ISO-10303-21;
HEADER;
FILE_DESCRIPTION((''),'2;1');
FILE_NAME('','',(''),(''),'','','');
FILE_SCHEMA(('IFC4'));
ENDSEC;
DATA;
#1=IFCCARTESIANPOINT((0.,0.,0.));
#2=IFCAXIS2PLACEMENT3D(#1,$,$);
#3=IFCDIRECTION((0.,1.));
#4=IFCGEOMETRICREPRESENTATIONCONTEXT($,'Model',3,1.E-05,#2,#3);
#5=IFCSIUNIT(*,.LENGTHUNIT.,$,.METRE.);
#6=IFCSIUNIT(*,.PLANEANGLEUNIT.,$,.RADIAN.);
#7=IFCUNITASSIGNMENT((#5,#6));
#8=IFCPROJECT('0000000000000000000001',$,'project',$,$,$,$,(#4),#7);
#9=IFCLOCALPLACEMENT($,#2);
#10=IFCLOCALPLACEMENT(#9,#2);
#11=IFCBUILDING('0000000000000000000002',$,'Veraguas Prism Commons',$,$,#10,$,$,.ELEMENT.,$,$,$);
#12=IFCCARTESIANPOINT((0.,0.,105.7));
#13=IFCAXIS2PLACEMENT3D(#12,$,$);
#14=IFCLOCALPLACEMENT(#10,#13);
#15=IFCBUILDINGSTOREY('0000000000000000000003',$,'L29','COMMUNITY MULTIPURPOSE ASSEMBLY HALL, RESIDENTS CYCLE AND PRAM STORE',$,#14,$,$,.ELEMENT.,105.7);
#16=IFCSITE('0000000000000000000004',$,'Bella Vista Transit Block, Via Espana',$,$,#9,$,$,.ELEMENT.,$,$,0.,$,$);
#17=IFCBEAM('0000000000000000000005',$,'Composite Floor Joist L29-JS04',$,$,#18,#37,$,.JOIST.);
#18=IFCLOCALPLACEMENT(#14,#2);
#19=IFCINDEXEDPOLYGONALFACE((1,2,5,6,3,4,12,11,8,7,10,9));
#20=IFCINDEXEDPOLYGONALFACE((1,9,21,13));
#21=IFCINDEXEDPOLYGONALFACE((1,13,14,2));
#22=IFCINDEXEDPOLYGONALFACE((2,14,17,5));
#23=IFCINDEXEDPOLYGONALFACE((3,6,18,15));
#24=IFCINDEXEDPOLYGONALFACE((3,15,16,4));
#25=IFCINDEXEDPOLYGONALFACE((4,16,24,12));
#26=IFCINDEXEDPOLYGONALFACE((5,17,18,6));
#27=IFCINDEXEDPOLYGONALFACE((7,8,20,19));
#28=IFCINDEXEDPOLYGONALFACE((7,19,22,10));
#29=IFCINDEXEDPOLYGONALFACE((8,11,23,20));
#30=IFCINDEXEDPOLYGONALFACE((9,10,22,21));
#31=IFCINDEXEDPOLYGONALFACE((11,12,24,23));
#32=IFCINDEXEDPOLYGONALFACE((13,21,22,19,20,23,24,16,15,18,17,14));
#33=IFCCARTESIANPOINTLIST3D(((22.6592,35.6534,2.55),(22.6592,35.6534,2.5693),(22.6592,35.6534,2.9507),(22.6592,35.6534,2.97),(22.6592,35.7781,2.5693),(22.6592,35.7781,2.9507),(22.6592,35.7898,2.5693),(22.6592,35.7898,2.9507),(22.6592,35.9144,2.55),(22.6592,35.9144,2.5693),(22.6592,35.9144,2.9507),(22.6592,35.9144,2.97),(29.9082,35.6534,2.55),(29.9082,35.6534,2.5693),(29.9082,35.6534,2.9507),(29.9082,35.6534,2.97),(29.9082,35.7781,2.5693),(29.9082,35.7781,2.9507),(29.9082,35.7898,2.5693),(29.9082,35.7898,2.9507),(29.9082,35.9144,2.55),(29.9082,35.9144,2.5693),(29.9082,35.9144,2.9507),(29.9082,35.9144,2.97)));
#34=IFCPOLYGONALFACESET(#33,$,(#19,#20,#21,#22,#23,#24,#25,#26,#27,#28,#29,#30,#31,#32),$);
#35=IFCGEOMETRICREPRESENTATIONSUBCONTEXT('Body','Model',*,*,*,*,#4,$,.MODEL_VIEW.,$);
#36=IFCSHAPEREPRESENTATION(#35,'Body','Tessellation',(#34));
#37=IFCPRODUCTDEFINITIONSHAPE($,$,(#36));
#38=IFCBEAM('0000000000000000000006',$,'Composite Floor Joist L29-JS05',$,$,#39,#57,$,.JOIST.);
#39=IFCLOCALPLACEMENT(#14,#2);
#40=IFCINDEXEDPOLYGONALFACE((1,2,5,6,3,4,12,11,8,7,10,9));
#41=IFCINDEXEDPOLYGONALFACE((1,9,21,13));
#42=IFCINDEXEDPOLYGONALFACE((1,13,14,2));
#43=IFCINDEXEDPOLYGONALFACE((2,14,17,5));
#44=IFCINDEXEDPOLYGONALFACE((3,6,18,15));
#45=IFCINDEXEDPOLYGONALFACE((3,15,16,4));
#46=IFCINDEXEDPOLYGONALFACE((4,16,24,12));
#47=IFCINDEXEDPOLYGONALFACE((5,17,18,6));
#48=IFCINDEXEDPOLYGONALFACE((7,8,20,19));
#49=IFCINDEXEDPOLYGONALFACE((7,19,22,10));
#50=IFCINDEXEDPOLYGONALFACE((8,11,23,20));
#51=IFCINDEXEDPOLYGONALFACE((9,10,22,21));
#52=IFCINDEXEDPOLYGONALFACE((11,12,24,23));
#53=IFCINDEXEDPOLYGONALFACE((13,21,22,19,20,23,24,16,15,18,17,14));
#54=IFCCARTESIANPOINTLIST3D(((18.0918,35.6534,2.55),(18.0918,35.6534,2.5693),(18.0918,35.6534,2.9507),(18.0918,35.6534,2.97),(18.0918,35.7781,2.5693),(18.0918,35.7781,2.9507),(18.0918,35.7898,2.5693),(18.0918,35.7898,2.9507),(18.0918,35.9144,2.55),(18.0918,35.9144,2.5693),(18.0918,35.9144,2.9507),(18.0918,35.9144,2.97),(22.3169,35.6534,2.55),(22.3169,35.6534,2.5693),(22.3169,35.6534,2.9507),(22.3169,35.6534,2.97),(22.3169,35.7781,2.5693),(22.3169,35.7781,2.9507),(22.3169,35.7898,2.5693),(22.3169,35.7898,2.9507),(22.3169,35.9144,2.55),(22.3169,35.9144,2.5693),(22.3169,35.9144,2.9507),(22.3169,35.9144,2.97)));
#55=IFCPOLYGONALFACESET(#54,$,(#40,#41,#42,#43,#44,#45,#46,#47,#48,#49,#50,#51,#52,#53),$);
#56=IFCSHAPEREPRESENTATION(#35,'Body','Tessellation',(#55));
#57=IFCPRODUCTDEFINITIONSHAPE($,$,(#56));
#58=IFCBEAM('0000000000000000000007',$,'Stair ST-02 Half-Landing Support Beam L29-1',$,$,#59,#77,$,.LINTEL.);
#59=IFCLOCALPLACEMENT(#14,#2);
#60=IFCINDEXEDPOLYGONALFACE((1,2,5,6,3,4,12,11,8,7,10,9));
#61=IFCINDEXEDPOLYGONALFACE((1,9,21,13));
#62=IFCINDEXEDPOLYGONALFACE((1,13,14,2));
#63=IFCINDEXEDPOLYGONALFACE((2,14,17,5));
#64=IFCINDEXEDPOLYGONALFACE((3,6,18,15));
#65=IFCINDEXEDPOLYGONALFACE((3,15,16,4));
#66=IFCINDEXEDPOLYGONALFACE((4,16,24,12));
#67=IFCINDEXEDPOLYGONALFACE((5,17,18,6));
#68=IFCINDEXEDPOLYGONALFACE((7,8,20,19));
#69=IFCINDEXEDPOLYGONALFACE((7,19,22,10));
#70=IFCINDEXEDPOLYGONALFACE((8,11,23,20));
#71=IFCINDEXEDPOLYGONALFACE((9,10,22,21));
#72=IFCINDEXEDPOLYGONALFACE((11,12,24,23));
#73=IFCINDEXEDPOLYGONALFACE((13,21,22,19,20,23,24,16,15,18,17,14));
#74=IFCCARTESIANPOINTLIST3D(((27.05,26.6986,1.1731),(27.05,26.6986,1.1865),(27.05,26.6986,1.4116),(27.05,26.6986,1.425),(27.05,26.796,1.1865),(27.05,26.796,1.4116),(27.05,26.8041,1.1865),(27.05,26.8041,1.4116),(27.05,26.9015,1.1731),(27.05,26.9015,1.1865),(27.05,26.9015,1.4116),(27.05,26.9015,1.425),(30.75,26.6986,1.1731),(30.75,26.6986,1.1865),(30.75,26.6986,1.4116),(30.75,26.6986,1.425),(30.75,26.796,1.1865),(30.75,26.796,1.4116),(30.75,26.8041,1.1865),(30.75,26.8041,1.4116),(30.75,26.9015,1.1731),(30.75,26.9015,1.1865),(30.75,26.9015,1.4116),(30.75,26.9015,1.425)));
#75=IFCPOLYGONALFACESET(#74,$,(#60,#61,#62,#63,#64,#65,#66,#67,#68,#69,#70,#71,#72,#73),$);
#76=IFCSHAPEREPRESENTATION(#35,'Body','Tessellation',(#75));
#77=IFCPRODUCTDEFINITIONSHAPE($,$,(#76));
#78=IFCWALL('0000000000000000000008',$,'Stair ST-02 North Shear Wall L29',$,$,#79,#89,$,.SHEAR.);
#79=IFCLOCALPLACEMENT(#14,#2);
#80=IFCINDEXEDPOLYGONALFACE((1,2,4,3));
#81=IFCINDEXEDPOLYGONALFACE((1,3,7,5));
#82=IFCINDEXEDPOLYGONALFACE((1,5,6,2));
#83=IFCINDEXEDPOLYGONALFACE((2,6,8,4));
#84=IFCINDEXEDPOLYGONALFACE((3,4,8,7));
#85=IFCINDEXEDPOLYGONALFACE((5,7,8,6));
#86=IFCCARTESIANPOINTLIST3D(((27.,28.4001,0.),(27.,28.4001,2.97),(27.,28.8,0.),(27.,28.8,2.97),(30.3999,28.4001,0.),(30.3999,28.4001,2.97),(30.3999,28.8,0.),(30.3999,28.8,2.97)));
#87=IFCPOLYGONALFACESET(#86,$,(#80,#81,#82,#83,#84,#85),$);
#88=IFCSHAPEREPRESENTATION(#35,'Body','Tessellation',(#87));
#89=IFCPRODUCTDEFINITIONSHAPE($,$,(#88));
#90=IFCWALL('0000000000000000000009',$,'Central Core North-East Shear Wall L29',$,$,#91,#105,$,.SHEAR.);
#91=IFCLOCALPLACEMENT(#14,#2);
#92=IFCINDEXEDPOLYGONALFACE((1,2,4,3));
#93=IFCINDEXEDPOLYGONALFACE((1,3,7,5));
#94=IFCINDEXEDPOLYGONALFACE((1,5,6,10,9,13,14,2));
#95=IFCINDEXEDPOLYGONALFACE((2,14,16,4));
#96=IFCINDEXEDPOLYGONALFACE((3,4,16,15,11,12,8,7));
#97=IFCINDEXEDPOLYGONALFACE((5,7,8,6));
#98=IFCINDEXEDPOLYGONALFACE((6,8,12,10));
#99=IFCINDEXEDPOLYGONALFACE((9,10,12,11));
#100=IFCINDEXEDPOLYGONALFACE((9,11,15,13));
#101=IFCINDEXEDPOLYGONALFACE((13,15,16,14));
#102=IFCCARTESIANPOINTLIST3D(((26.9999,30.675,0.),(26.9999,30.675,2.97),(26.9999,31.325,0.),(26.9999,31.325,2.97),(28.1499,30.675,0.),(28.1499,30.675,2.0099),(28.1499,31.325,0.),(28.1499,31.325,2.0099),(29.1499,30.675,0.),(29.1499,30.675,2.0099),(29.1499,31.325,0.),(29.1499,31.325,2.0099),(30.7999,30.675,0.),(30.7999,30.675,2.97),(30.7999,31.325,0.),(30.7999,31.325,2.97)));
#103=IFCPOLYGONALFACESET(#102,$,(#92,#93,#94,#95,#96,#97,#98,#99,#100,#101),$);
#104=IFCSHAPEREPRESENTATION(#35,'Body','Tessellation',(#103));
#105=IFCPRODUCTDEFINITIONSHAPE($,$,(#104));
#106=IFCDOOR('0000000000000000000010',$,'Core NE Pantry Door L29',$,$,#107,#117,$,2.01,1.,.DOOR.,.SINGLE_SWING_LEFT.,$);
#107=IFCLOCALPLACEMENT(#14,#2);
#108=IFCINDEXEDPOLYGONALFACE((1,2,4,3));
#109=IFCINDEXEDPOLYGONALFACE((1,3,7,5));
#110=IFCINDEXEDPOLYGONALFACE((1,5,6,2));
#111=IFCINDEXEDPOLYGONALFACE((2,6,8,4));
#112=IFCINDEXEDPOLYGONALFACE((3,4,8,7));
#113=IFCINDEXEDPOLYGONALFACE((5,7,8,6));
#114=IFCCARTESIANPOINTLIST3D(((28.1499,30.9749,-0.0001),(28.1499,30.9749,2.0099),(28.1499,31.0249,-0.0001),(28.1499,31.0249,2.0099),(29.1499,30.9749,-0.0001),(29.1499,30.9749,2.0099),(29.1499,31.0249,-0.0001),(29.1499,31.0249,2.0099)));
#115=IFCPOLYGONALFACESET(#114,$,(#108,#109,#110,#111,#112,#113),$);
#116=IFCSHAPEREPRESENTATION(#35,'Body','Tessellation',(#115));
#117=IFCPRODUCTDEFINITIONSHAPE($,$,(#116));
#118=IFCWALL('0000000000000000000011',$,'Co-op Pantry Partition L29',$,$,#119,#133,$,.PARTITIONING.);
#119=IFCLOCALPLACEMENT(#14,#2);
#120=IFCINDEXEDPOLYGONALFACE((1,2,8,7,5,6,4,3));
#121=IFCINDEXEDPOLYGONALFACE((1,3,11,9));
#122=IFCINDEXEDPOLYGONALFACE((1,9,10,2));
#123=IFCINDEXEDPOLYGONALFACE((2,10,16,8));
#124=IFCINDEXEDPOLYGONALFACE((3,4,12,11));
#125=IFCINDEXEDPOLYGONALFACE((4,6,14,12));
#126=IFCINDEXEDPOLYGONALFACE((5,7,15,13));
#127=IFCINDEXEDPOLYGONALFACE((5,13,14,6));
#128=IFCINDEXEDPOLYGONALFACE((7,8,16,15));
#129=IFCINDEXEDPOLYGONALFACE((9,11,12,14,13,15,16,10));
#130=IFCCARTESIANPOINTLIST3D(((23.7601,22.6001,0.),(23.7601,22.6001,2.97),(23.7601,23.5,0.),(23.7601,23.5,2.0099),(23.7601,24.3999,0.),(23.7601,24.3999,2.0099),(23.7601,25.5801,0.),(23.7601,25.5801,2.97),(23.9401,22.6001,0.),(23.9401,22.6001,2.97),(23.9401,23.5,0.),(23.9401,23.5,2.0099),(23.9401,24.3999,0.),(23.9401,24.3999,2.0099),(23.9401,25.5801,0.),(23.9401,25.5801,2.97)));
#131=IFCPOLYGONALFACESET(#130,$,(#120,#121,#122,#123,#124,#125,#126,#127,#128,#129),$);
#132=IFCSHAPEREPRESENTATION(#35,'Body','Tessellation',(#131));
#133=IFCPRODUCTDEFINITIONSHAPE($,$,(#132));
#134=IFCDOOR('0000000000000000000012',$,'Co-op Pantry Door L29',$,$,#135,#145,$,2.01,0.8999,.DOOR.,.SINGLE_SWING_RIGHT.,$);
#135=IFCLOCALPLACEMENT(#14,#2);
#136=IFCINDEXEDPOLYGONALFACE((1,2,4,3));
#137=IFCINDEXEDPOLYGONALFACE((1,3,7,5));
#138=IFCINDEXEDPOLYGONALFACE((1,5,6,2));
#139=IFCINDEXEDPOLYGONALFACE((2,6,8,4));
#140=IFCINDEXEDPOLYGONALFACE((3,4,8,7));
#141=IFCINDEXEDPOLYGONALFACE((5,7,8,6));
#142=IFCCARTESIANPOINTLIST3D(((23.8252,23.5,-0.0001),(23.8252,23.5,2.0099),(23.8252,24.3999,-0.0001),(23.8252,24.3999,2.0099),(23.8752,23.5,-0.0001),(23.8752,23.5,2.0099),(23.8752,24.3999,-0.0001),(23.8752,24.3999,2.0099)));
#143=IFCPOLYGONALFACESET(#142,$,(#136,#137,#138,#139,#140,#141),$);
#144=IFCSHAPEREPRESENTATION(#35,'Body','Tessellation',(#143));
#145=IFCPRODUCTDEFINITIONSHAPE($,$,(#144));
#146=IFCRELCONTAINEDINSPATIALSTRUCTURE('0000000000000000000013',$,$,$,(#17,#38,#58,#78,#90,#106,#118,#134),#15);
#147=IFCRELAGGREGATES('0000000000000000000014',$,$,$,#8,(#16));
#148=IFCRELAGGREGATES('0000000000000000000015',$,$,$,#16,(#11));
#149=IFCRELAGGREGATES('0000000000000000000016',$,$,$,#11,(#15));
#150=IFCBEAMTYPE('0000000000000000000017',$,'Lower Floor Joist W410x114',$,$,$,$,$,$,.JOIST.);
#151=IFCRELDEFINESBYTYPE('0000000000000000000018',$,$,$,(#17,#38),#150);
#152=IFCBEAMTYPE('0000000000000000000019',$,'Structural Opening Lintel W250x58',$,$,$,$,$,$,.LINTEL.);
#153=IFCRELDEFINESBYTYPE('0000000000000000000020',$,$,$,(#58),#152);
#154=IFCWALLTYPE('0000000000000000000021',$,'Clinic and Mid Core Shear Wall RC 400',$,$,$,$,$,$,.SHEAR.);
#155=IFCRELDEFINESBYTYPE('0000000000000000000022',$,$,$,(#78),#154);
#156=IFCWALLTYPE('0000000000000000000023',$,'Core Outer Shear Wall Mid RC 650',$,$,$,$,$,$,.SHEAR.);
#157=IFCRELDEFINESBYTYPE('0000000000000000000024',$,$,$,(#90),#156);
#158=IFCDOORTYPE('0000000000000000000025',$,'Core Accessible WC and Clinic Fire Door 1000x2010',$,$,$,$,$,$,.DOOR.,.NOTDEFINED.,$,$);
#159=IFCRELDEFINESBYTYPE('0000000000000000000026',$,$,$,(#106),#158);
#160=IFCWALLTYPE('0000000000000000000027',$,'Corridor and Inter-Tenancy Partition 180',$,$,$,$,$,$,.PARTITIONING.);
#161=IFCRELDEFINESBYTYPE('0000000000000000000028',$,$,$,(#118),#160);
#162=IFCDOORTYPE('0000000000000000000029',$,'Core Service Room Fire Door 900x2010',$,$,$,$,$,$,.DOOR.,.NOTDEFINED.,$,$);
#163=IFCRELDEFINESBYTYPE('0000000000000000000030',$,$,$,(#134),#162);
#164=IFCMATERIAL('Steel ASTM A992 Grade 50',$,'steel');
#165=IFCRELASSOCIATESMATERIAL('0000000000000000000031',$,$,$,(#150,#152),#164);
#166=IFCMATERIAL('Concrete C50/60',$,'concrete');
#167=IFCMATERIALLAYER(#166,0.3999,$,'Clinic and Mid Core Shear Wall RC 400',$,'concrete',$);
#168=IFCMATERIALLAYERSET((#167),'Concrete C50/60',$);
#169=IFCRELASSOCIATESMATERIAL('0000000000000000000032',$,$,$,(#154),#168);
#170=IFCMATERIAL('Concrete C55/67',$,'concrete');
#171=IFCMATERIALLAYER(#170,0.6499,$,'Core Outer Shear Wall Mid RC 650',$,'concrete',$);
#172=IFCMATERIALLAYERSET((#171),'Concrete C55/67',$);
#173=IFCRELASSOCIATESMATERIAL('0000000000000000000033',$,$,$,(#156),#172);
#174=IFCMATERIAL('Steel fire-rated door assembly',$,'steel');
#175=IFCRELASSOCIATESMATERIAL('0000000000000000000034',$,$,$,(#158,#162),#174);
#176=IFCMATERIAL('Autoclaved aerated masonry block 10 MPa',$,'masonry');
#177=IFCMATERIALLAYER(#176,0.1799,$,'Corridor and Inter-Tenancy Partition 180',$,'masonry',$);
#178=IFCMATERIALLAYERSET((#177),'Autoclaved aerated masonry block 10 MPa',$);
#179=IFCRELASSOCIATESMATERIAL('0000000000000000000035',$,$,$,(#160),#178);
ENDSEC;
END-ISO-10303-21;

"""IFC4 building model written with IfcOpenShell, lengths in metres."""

from ifc_helpers import new_model, si_unit, direction, frame, frame_2d, origin, origin_2d, place, context, subcontext, project, spatial, rectangle, i_section, extrude, source, transform, mapped, material, layer, layer_set, material_profile, profile_set, type_object, element, fill, save


model = new_model("IFC4")

# Units and contexts
model_context = context("Model", 3, precision=1e-05, world=origin(), true_north=direction((0.0, 1.0)))
body_context = subcontext(model_context, "Body", "Model", "MODEL_VIEW")
ifc_project = project(units=[si_unit("LENGTHUNIT", "METRE"), si_unit("PLANEANGLEUNIT", "RADIAN")], contexts=[model_context])

# Site, building, storey
site_placement = place(None, origin())
site = spatial("IfcSite", under=ifc_project, at=site_placement, Name="Bella Vista Transit Block, Via Espana", CompositionType="ELEMENT", RefElevation=0.0)
building_placement = place(site_placement, origin())
building = spatial("IfcBuilding", under=site, at=building_placement, Name="Veraguas Prism Commons", CompositionType="ELEMENT")
storey_placement = place(building_placement, frame((0.0, 0.0, 105.7)))
storey = spatial("IfcBuildingStorey", under=building, at=storey_placement, Name="L29", Description="COMMUNITY MULTIPURPOSE ASSEMBLY HALL, RESIDENTS CYCLE AND PRAM STORE", CompositionType="ELEMENT", Elevation=105.7)

# Beams
ifc_material_1 = material(Name="Steel ASTM A992 Grade 50", Category="steel")
ifc_material_profile_1 = material_profile(ifc_material_1, i_section(OverallWidth=0.261, OverallDepth=0.4199, WebThickness=0.0117, FlangeThickness=0.0193, at=origin_2d()), Name="W410X114")
ifc_profile_set_1 = profile_set([ifc_material_profile_1], Name="Steel ASTM A992 Grade 50")
beam_type_1 = type_object("IfcBeamType", Name="Lower Floor Joist W410x114", PredefinedType="JOIST", material=ifc_profile_set_1)
beam_1_placement = place(storey_placement, frame((29.9082, 35.7839, 2.76), z_axis=(-1.0, 0.0, 0.0), x_axis=(0.0, -1.0, 0.0)))
element("IfcBeam", 1, at=beam_1_placement, inside=storey, type_object=beam_type_1, Name="Composite Floor Joist L29-JS04", PredefinedType="JOIST", context=body_context, shape_type="SweptSolid", body=[
    extrude(i_section(OverallWidth=0.261, OverallDepth=0.4199, WebThickness=0.0117, FlangeThickness=0.0193, at=origin_2d()), origin(), (0.0, 0.0, 1.0), 7.249),
])
beam_2_placement = place(storey_placement, frame((22.3169, 35.7839, 2.76), z_axis=(-1.0, 0.0, 0.0), x_axis=(0.0, -1.0, 0.0)))
element("IfcBeam", 2, at=beam_2_placement, inside=storey, type_object=beam_type_1, Name="Composite Floor Joist L29-JS05", PredefinedType="JOIST", context=body_context, shape_type="SweptSolid", body=[
    extrude(i_section(OverallWidth=0.261, OverallDepth=0.4199, WebThickness=0.0117, FlangeThickness=0.0193, at=origin_2d()), origin(), (0.0, 0.0, 1.0), 4.2251),
])
ifc_material_profile_2 = material_profile(ifc_material_1, i_section(OverallWidth=0.2029, OverallDepth=0.252, WebThickness=0.0081, FlangeThickness=0.0134, at=origin_2d()), Name="W250X58")
ifc_profile_set_2 = profile_set([ifc_material_profile_2], Name="Steel ASTM A992 Grade 50")
beam_type_2 = type_object("IfcBeamType", Name="Structural Opening Lintel W250x58", PredefinedType="LINTEL", material=ifc_profile_set_2)
beam_3_placement = place(storey_placement, frame((27.05, 26.8, 1.2991), z_axis=(1.0, 0.0, 0.0), x_axis=(0.0, 1.0, 0.0)))
element("IfcBeam", 3, at=beam_3_placement, inside=storey, type_object=beam_type_2, Name="Stair ST-02 Half-Landing Support Beam L29-1", PredefinedType="LINTEL", context=body_context, shape_type="SweptSolid", body=[
    extrude(i_section(OverallWidth=0.2029, OverallDepth=0.252, WebThickness=0.0081, FlangeThickness=0.0134, at=origin_2d()), origin(), (0.0, 0.0, 1.0), 3.7),
])

# Wall
ifc_material_2 = material(Name="Concrete C50/60", Category="concrete")
ifc_layer_1 = layer(ifc_material_2, 0.3999, Name="Clinic and Mid Core Shear Wall RC 400", Category="concrete")
ifc_layer_set_1 = layer_set([ifc_layer_1], Name="Concrete C50/60")
wall_type_1 = type_object("IfcWallType", Name="Clinic and Mid Core Shear Wall RC 400", PredefinedType="SHEAR", material=ifc_layer_set_1)
wall_1_placement = place(storey_placement, frame((27.0, 28.6001, 0.0), z_axis=(0.0, 0.0, 1.0), x_axis=(1.0, 0.0, 0.0)))
element("IfcWall", 4, at=wall_1_placement, inside=storey, type_object=wall_type_1, Name="Stair ST-02 North Shear Wall L29", PredefinedType="SHEAR", context=body_context, shape_type="SweptSolid", body=[
    extrude(rectangle(XDim=3.3999, YDim=0.3999, at=frame_2d((1.7, 0.0))), origin(), (0.0, 0.0, 1.0), 2.97),
])

# Walls, openings, doors
ifc_material_3 = material(Name="Concrete C55/67", Category="concrete")
ifc_layer_2 = layer(ifc_material_3, 0.6499, Name="Core Outer Shear Wall Mid RC 650", Category="concrete")
ifc_layer_set_2 = layer_set([ifc_layer_2], Name="Concrete C55/67")
wall_type_2 = type_object("IfcWallType", Name="Core Outer Shear Wall Mid RC 650", PredefinedType="SHEAR", material=ifc_layer_set_2)
wall_2_placement = place(storey_placement, frame((27.0, 31.0, 0.0), z_axis=(0.0, 0.0, 1.0), x_axis=(1.0, 0.0, 0.0)))
wall_2 = element("IfcWall", 5, at=wall_2_placement, inside=storey, type_object=wall_type_2, Name="Central Core North-East Shear Wall L29", PredefinedType="SHEAR", context=body_context, shape_type="SweptSolid", body=[
    extrude(rectangle(XDim=3.8, YDim=0.6499, at=frame_2d((1.8999, 0.0))), origin(), (0.0, 0.0, 1.0), 2.97),
])
opening_1_placement = place(wall_2_placement, frame((1.1499, 0.0, 0.0)))
opening_1 = element("IfcOpeningElement", 6, at=opening_1_placement, cuts=wall_2, PredefinedType="OPENING", context=body_context, shape_type="SweptSolid", body=[
    extrude(rectangle(XDim=1.0, YDim=2.01, at=frame_2d((0.5, 1.0049))), frame((0.0, 0.335, 0.0), z_axis=(0.0, -1.0, 0.0), x_axis=(1.0, 0.0, 0.0)), (0.0, 0.0, 1.0), 0.6699),
])
ifc_material_4 = material(Name="Steel fire-rated door assembly", Category="steel")
door_type_1 = type_object("IfcDoorType", Name="Core Accessible WC and Clinic Fire Door 1000x2010", OperationType="NOTDEFINED", PredefinedType="DOOR", material=ifc_material_4)
shared_shape_1 = source(origin(), body_context, "Body", "SweptSolid", [
    extrude(rectangle(XDim=1.0, YDim=2.01, at=frame_2d((0.5, 1.0049))), frame((0.0, 0.0249, 0.0), z_axis=(0.0, -1.0, 0.0), x_axis=(1.0, 0.0, 0.0)), (0.0, 0.0, 1.0), 0.05),
])
door_1_placement = place(opening_1_placement, origin())
door_1 = element("IfcDoor", 7, at=door_1_placement, inside=storey, type_object=door_type_1, Name="Core NE Pantry Door L29", OperationType="SINGLE_SWING_LEFT", OverallHeight=2.01, OverallWidth=1.0, PredefinedType="DOOR", context=body_context, shape_type="MappedRepresentation", body=[
    mapped(shared_shape_1, transform((0.0, 0.0, 0.0), scale=1.0)),
])
fill(opening_1, door_1)
ifc_material_5 = material(Name="Autoclaved aerated masonry block 10 MPa", Category="masonry")
ifc_layer_3 = layer(ifc_material_5, 0.1799, Name="Corridor and Inter-Tenancy Partition 180", Category="masonry")
ifc_layer_set_3 = layer_set([ifc_layer_3], Name="Autoclaved aerated masonry block 10 MPa")
wall_type_3 = type_object("IfcWallType", Name="Corridor and Inter-Tenancy Partition 180", PredefinedType="PARTITIONING", material=ifc_layer_set_3)
wall_3_placement = place(storey_placement, frame((23.8501, 22.6001, 0.0), z_axis=(0.0, 0.0, 1.0), x_axis=(0.0, 1.0, 0.0)))
wall_3 = element("IfcWall", 8, at=wall_3_placement, inside=storey, type_object=wall_type_3, Name="Co-op Pantry Partition L29", PredefinedType="PARTITIONING", context=body_context, shape_type="SweptSolid", body=[
    extrude(rectangle(XDim=2.98, YDim=0.1799, at=frame_2d((1.49, 0.0))), origin(), (0.0, 0.0, 1.0), 2.97),
])
opening_2_placement = place(wall_3_placement, frame((0.8999, 0.0, 0.0)))
opening_2 = element("IfcOpeningElement", 9, at=opening_2_placement, cuts=wall_3, PredefinedType="OPENING", context=body_context, shape_type="SweptSolid", body=[
    extrude(rectangle(XDim=0.8999, YDim=2.01, at=frame_2d((0.45, 1.0049))), frame((0.0, 0.0999, 0.0), z_axis=(0.0, -1.0, 0.0), x_axis=(1.0, 0.0, 0.0)), (0.0, 0.0, 1.0), 0.2),
])
door_type_2 = type_object("IfcDoorType", Name="Core Service Room Fire Door 900x2010", OperationType="NOTDEFINED", PredefinedType="DOOR", material=ifc_material_4)
shared_shape_2 = source(origin(), body_context, "Body", "SweptSolid", [
    extrude(rectangle(XDim=0.8999, YDim=2.01, at=frame_2d((0.45, 1.0049))), frame((0.0, 0.0249, 0.0), z_axis=(0.0, -1.0, 0.0), x_axis=(1.0, 0.0, 0.0)), (0.0, 0.0, 1.0), 0.05),
])
door_2_placement = place(opening_2_placement, origin())
door_2 = element("IfcDoor", 10, at=door_2_placement, inside=storey, type_object=door_type_2, Name="Co-op Pantry Door L29", OperationType="SINGLE_SWING_RIGHT", OverallHeight=2.01, OverallWidth=0.8999, PredefinedType="DOOR", context=body_context, shape_type="MappedRepresentation", body=[
    mapped(shared_shape_2, transform((0.0, 0.0, 0.0), scale=1.0)),
])
fill(opening_2, door_2)

save(model, "model.ifc")
